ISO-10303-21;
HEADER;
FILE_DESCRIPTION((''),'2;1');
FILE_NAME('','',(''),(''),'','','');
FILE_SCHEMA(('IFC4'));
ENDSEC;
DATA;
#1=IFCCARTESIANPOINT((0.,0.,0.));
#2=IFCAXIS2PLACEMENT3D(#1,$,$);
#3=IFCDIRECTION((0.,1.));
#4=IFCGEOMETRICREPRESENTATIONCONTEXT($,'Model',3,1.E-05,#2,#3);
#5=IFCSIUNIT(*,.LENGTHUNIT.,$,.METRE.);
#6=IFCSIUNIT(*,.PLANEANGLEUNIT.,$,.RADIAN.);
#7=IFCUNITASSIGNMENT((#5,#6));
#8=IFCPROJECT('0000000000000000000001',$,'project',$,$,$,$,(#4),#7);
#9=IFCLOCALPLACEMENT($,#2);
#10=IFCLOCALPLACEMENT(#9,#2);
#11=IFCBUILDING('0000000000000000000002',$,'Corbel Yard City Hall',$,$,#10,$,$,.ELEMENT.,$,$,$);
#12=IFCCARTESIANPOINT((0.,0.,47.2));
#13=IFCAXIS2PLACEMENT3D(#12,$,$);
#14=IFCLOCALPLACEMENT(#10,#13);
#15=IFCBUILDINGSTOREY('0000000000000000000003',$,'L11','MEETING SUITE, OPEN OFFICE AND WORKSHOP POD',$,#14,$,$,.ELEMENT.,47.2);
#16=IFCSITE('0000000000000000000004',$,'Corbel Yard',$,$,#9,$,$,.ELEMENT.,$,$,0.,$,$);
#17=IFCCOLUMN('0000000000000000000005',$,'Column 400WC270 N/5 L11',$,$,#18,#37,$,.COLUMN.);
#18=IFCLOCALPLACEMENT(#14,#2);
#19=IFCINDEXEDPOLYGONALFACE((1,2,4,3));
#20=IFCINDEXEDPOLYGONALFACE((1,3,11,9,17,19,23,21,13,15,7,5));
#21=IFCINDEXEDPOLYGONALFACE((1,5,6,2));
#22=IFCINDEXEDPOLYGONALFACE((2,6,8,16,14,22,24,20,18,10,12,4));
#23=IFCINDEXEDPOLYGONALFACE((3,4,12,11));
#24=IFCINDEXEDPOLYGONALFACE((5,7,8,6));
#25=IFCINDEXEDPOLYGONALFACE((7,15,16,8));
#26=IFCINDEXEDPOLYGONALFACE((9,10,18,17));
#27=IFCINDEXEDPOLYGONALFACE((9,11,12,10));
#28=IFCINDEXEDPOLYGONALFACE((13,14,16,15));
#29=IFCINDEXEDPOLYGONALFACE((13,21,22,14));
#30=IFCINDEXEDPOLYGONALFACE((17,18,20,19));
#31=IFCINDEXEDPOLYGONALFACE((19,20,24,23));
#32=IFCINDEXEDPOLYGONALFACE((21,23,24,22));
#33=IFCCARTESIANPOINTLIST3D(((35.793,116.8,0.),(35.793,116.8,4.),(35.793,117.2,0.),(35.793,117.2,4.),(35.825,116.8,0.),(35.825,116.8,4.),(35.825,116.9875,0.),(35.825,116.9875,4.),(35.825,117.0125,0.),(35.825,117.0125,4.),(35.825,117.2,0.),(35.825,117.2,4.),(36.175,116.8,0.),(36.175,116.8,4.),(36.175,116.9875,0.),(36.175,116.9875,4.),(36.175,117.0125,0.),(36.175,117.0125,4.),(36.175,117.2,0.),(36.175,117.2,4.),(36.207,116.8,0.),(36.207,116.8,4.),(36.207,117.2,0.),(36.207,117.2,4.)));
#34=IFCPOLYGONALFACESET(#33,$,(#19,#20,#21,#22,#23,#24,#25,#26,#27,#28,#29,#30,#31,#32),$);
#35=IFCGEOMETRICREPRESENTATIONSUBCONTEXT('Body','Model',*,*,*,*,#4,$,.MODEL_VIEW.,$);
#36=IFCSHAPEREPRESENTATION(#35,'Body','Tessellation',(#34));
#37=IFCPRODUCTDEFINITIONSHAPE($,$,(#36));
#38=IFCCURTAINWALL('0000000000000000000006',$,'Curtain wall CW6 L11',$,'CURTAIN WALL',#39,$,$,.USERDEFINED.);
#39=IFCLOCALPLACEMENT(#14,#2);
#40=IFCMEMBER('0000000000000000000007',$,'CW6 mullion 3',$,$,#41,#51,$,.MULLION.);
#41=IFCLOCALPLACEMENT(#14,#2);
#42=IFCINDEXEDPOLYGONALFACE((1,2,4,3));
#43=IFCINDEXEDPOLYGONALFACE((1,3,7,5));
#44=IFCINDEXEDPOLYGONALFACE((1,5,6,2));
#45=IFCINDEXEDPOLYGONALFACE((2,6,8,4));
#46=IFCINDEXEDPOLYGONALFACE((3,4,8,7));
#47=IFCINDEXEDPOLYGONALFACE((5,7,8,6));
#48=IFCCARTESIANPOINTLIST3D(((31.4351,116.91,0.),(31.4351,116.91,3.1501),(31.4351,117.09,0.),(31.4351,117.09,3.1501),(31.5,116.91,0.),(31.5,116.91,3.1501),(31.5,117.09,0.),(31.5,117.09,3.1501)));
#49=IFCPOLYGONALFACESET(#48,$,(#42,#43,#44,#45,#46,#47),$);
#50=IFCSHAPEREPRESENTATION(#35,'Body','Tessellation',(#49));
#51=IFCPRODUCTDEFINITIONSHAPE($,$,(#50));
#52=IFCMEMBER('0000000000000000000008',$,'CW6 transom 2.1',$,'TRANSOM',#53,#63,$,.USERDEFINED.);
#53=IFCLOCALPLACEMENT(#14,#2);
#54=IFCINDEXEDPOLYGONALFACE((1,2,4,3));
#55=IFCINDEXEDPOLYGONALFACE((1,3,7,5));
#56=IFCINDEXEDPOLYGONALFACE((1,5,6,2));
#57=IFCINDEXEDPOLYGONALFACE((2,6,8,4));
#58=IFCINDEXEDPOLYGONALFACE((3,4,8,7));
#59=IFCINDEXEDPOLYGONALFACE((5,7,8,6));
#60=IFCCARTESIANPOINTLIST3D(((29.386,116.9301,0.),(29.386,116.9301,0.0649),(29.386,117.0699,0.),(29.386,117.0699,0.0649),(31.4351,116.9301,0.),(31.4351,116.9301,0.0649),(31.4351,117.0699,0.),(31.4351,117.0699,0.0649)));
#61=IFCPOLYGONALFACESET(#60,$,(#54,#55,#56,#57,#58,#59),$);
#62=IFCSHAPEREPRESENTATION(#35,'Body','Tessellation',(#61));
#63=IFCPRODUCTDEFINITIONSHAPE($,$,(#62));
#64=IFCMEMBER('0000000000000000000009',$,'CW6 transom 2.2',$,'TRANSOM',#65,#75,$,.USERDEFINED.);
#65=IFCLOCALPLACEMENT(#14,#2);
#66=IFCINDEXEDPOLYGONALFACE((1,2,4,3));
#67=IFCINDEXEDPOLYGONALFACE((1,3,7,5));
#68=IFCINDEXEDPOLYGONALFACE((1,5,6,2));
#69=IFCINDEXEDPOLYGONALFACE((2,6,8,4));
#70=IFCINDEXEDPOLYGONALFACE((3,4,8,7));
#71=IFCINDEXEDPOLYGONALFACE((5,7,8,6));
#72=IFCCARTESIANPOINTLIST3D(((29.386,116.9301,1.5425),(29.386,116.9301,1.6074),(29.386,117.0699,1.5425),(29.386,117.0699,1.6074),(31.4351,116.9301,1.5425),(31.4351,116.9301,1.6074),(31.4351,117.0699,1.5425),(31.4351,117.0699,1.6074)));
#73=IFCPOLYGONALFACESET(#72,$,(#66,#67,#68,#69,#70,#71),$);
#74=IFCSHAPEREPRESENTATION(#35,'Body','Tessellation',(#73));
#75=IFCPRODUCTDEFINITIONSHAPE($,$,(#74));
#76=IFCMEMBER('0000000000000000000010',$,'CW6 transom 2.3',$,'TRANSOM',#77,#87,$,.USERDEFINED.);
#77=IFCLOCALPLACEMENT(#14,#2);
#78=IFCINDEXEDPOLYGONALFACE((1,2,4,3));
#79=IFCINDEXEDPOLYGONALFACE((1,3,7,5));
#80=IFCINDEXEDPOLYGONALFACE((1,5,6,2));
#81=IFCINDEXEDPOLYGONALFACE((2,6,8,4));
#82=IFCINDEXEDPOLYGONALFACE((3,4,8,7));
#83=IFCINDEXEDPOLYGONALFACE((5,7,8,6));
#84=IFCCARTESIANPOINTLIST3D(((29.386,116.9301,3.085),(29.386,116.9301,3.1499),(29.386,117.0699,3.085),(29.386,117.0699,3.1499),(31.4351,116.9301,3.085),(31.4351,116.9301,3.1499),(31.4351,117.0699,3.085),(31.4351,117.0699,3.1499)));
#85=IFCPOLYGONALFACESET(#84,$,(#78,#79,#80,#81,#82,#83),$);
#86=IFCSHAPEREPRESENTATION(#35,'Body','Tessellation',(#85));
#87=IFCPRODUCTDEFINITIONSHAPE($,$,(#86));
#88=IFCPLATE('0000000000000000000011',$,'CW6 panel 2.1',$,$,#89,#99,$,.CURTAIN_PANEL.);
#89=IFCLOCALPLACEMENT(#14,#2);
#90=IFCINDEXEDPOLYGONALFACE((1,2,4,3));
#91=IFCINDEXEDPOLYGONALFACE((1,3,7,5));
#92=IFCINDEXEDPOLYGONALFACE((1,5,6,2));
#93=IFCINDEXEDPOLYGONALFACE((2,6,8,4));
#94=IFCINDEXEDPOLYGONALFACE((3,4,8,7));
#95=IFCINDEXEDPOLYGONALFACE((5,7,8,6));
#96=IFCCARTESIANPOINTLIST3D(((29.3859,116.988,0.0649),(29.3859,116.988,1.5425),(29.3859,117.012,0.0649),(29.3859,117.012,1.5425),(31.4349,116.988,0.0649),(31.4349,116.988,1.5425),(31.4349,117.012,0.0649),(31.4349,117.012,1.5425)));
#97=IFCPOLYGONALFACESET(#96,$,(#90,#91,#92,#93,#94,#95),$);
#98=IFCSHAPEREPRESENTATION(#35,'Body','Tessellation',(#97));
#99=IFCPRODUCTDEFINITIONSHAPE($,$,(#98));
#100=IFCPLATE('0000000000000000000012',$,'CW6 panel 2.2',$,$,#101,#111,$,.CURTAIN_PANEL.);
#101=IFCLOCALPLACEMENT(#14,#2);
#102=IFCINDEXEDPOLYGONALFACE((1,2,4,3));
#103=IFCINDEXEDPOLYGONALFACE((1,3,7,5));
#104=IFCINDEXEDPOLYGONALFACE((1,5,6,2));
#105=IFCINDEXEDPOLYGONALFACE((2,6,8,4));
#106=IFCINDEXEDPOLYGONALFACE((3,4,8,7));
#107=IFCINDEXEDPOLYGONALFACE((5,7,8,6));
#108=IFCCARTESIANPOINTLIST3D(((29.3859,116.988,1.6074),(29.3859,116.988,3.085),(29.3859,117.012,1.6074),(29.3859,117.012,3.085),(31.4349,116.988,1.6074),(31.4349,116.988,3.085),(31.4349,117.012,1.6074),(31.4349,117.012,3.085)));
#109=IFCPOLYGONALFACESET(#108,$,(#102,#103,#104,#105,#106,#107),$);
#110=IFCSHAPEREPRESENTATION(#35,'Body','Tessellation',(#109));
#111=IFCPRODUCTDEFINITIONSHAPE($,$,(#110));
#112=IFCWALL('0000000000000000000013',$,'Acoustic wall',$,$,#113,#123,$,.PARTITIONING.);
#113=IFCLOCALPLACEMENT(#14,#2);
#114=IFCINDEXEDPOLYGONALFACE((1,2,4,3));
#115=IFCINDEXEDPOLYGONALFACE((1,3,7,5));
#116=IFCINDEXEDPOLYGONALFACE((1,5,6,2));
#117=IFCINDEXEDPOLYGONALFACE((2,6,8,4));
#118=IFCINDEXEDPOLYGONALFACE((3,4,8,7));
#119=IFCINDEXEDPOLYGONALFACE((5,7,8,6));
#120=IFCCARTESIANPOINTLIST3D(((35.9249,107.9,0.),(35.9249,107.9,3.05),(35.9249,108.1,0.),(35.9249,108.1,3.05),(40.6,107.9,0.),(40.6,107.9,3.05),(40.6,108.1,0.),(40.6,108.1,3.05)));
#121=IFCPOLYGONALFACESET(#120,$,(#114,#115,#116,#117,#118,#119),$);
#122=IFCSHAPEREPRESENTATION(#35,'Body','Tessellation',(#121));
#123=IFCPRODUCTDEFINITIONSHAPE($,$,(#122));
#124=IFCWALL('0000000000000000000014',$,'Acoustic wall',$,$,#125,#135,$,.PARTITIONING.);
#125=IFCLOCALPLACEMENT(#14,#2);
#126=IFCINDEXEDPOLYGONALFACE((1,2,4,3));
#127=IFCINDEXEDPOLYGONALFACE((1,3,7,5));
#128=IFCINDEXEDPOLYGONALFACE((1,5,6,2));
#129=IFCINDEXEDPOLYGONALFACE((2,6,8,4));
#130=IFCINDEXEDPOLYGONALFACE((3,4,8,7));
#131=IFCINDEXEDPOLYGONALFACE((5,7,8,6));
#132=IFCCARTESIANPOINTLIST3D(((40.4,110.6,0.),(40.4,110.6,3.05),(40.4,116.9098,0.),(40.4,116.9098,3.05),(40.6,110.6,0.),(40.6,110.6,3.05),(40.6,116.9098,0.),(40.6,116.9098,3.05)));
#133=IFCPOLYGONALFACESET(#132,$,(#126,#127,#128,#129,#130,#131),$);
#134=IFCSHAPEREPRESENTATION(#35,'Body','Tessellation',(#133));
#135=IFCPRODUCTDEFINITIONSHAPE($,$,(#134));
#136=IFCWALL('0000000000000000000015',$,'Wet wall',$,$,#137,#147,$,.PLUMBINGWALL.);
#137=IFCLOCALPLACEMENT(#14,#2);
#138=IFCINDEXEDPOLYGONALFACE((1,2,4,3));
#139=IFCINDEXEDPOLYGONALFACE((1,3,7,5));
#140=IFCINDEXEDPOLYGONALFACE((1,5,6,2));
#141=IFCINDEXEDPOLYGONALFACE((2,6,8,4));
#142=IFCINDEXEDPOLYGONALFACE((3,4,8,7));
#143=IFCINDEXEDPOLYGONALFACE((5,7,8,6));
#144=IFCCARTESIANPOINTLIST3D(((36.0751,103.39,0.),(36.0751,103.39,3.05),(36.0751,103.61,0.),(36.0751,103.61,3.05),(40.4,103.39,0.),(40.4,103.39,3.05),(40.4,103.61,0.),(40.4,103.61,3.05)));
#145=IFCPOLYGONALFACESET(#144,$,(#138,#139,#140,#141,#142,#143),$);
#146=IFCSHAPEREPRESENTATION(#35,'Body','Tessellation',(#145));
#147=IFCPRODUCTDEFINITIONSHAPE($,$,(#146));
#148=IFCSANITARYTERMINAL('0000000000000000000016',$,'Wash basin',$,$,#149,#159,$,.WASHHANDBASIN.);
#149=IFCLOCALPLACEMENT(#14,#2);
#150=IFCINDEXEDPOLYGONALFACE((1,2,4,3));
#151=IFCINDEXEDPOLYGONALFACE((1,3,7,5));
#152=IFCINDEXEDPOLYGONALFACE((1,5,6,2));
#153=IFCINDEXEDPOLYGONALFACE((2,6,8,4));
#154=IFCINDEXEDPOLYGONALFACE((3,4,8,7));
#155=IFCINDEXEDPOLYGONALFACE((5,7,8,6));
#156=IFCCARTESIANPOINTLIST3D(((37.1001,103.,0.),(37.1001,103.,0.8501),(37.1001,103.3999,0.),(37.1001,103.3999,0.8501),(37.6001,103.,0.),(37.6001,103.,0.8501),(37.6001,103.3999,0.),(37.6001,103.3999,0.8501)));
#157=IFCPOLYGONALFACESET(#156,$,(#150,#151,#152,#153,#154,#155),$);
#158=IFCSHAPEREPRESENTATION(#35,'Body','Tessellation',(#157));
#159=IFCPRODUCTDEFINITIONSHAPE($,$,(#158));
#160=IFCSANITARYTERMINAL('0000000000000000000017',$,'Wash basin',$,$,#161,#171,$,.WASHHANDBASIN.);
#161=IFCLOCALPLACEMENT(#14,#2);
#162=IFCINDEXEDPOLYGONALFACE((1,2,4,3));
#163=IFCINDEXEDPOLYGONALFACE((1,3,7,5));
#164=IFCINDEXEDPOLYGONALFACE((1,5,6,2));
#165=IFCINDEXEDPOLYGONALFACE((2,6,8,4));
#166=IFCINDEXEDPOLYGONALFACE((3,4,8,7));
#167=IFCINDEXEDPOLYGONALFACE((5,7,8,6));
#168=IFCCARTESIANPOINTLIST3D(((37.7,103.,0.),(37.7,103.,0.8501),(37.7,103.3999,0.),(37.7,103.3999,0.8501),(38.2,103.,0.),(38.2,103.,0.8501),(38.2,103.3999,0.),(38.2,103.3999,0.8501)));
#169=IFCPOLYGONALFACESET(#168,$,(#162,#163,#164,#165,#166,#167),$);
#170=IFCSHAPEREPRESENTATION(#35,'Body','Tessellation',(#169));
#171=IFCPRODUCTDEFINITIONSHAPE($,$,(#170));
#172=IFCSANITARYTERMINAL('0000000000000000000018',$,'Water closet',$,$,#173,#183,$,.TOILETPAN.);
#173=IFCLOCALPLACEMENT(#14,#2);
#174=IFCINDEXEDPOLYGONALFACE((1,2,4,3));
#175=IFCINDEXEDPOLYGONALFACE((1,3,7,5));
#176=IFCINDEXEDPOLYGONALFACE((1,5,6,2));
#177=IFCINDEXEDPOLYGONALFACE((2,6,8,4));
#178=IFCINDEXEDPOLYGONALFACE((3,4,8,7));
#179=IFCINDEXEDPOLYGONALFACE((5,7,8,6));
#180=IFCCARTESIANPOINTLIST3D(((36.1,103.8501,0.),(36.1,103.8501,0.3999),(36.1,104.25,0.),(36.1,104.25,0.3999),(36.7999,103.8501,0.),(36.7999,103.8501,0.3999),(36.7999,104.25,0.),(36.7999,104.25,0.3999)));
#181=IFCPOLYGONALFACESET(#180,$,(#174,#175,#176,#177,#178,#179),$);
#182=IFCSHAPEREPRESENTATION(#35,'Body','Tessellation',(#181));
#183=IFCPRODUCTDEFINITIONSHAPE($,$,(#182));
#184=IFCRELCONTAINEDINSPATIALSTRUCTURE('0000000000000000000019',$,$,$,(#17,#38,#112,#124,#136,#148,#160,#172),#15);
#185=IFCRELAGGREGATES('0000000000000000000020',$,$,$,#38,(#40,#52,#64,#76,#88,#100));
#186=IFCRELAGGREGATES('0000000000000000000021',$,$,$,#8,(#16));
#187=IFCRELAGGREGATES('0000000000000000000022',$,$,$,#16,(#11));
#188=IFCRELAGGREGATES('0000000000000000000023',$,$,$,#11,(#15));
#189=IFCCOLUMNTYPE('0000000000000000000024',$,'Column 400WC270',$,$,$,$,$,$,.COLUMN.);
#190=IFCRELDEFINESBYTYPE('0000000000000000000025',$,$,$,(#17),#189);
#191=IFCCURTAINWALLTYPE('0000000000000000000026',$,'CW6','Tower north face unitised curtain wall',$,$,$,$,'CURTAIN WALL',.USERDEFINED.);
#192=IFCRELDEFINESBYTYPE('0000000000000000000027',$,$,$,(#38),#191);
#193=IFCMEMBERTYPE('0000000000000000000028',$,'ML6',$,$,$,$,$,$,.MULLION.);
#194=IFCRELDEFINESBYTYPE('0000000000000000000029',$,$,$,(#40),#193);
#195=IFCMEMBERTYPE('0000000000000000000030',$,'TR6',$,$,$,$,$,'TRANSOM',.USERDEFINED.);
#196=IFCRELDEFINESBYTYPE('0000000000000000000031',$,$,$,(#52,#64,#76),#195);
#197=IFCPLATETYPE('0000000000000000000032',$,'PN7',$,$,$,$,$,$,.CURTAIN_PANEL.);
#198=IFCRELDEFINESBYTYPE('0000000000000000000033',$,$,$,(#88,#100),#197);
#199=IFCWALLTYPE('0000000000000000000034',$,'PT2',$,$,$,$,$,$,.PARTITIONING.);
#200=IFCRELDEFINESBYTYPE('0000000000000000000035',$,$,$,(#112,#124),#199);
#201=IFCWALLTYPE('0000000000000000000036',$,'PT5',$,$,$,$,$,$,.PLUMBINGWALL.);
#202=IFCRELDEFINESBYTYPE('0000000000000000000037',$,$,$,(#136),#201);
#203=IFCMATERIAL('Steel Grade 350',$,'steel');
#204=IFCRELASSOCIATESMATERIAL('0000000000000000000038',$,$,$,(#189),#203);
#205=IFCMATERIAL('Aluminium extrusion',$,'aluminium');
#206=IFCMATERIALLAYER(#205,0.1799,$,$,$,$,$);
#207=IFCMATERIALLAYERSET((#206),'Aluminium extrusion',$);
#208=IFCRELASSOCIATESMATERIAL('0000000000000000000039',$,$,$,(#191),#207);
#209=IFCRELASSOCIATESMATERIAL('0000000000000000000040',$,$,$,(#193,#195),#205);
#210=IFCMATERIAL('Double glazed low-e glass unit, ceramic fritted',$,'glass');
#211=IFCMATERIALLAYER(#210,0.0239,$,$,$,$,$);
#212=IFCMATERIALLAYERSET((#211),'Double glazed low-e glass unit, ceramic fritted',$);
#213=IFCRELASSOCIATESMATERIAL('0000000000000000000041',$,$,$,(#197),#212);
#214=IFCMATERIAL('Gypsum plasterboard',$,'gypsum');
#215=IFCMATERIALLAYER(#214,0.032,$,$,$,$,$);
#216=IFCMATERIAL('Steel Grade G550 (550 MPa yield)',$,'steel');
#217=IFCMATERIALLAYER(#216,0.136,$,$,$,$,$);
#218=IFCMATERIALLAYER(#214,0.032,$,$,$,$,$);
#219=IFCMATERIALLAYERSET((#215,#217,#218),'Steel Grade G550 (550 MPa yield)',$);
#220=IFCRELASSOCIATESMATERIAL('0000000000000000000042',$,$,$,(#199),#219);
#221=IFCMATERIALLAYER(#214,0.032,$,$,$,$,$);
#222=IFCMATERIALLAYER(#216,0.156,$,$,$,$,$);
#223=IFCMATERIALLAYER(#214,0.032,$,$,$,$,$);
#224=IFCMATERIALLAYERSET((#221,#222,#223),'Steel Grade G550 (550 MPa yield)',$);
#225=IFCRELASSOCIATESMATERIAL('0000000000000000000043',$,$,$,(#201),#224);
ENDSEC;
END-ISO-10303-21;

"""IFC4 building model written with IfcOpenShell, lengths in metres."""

from ifc_helpers import new_model, si_unit, direction, frame, frame_2d, origin, origin_2d, place, context, subcontext, project, spatial, rectangle, i_section, extrude, material, layer, layer_set, material_profile, profile_set, type_object, element, aggregate, save


model = new_model("IFC4")

# Units and contexts
model_context = context("Model", 3, precision=1e-05, world=origin(), true_north=direction((0.0, 1.0)))
body_context = subcontext(model_context, "Body", "Model", "MODEL_VIEW")
ifc_project = project(units=[si_unit("LENGTHUNIT", "METRE"), si_unit("PLANEANGLEUNIT", "RADIAN")], contexts=[model_context])

# Site, building, storey
site_placement = place(None, origin())
site = spatial("IfcSite", under=ifc_project, at=site_placement, Name="Corbel Yard", CompositionType="ELEMENT", RefElevation=0.0)
building_placement = place(site_placement, origin())
building = spatial("IfcBuilding", under=site, at=building_placement, Name="Corbel Yard City Hall", CompositionType="ELEMENT")
storey_placement = place(building_placement, frame((0.0, 0.0, 47.2)))
storey = spatial("IfcBuildingStorey", under=building, at=storey_placement, Name="L11", Description="MEETING SUITE, OPEN OFFICE AND WORKSHOP POD", CompositionType="ELEMENT", Elevation=47.2)

# Column
ifc_material_1 = material(Name="Steel Grade 350", Category="steel")
ifc_material_profile_1 = material_profile(ifc_material_1, i_section(OverallWidth=0.3999, OverallDepth=0.4141, WebThickness=0.0249, FlangeThickness=0.032, at=origin_2d()), Name="400WC270")
ifc_profile_set_1 = profile_set([ifc_material_profile_1], Name="Steel Grade 350")
column_type = type_object("IfcColumnType", Name="Column 400WC270", PredefinedType="COLUMN", material=ifc_profile_set_1)
column_placement = place(storey_placement, frame((36.0, 117.0, 0.0), z_axis=(0.0, 0.0, 1.0), x_axis=(0.0, 1.0, 0.0)))
element("IfcColumn", 1, at=column_placement, inside=storey, type_object=column_type, Name="Column 400WC270 N/5 L11", PredefinedType="COLUMN", context=body_context, shape_type="SweptSolid", body=[
    extrude(i_section(OverallWidth=0.3999, OverallDepth=0.4141, WebThickness=0.0249, FlangeThickness=0.032, at=origin_2d()), origin(), (0.0, 0.0, 1.0), 4.0),
])

# Curtain wall, members, plates
ifc_material_2 = material(Name="Aluminium extrusion", Category="aluminium")
ifc_layer_1 = layer(ifc_material_2, 0.1799)
ifc_layer_set_1 = layer_set([ifc_layer_1], Name="Aluminium extrusion")
curtain_wall_type = type_object("IfcCurtainWallType", Name="CW6", Description="Tower north face unitised curtain wall", ElementType="CURTAIN WALL", PredefinedType="USERDEFINED", material=ifc_layer_set_1)
curtain_wall_placement = place(storey_placement, origin())
curtain_wall = element("IfcCurtainWall", 2, at=curtain_wall_placement, inside=storey, type_object=curtain_wall_type, Name="Curtain wall CW6 L11", ObjectType="CURTAIN WALL", PredefinedType="USERDEFINED")
ifc_material_profile_2 = material_profile(ifc_material_2, rectangle(XDim=0.1799, YDim=0.0649, at=origin_2d()), Name="180x65")
ifc_profile_set_2 = profile_set([ifc_material_profile_2], Name="Aluminium extrusion")
member_type_1 = type_object("IfcMemberType", Name="ML6", PredefinedType="MULLION", material=ifc_profile_set_2)
member_1_placement = place(storey_placement, frame((31.4675, 117.0, 0.0), z_axis=(0.0, 0.0, 1.0), x_axis=(0.0, 1.0, 0.0)))
member_1 = element("IfcMember", 3, at=member_1_placement, type_object=member_type_1, Name="CW6 mullion 3", PredefinedType="MULLION", context=body_context, shape_type="SweptSolid", body=[
    extrude(rectangle(XDim=0.1799, YDim=0.0649, at=origin_2d()), origin(), (0.0, 0.0, 1.0), 3.1501),
])
ifc_material_profile_3 = material_profile(ifc_material_2, rectangle(XDim=0.1399, YDim=0.0649, at=origin_2d()), Name="140x65")
ifc_profile_set_3 = profile_set([ifc_material_profile_3], Name="Aluminium extrusion")
member_type_2 = type_object("IfcMemberType", Name="TR6", ElementType="TRANSOM", PredefinedType="USERDEFINED", material=ifc_profile_set_3)
member_2_placement = place(storey_placement, frame((29.386, 117.0, 0.0325), z_axis=(1.0, 0.0, 0.0), x_axis=(0.0, 1.0, 0.0)))
member_2 = element("IfcMember", 4, at=member_2_placement, type_object=member_type_2, Name="CW6 transom 2.1", ObjectType="TRANSOM", PredefinedType="USERDEFINED", context=body_context, shape_type="SweptSolid", body=[
    extrude(rectangle(XDim=0.1399, YDim=0.0649, at=origin_2d()), origin(), (0.0, 0.0, 1.0), 2.0491),
])
member_3_placement = place(storey_placement, frame((29.386, 117.0, 1.575), z_axis=(1.0, 0.0, 0.0), x_axis=(0.0, 1.0, 0.0)))
member_3 = element("IfcMember", 5, at=member_3_placement, type_object=member_type_2, Name="CW6 transom 2.2", ObjectType="TRANSOM", PredefinedType="USERDEFINED", context=body_context, shape_type="SweptSolid", body=[
    extrude(rectangle(XDim=0.1399, YDim=0.0649, at=origin_2d()), origin(), (0.0, 0.0, 1.0), 2.0491),
])
member_4_placement = place(storey_placement, frame((29.386, 117.0, 3.1174), z_axis=(1.0, 0.0, 0.0), x_axis=(0.0, 1.0, 0.0)))
member_4 = element("IfcMember", 6, at=member_4_placement, type_object=member_type_2, Name="CW6 transom 2.3", ObjectType="TRANSOM", PredefinedType="USERDEFINED", context=body_context, shape_type="SweptSolid", body=[
    extrude(rectangle(XDim=0.1399, YDim=0.0649, at=origin_2d()), origin(), (0.0, 0.0, 1.0), 2.0491),
])
ifc_material_3 = material(Name="Double glazed low-e glass unit, ceramic fritted", Category="glass")
ifc_layer_2 = layer(ifc_material_3, 0.0239)
ifc_layer_set_2 = layer_set([ifc_layer_2], Name="Double glazed low-e glass unit, ceramic fritted")
plate_type = type_object("IfcPlateType", Name="PN7", PredefinedType="CURTAIN_PANEL", material=ifc_layer_set_2)
plate_1_placement = place(storey_placement, frame((30.4104, 117.0, 0.0649), z_axis=(0.0, 0.0, 1.0), x_axis=(1.0, 0.0, 0.0)))
plate_1 = element("IfcPlate", 7, at=plate_1_placement, type_object=plate_type, Name="CW6 panel 2.1", PredefinedType="CURTAIN_PANEL", context=body_context, shape_type="SweptSolid", body=[
    extrude(rectangle(XDim=2.0491, YDim=0.0239, at=origin_2d()), origin(), (0.0, 0.0, 1.0), 1.4775),
])
plate_2_placement = place(storey_placement, frame((30.4104, 117.0, 1.6074), z_axis=(0.0, 0.0, 1.0), x_axis=(1.0, 0.0, 0.0)))
plate_2 = element("IfcPlate", 8, at=plate_2_placement, type_object=plate_type, Name="CW6 panel 2.2", PredefinedType="CURTAIN_PANEL", context=body_context, shape_type="SweptSolid", body=[
    extrude(rectangle(XDim=2.0491, YDim=0.0239, at=origin_2d()), origin(), (0.0, 0.0, 1.0), 1.4775),
])
aggregate(curtain_wall, [member_1, member_2, member_3, member_4, plate_1, plate_2])

# Walls
ifc_material_4 = material(Name="Gypsum plasterboard", Category="gypsum")
ifc_layer_3 = layer(ifc_material_4, 0.032)
ifc_material_5 = material(Name="Steel Grade G550 (550 MPa yield)", Category="steel")
ifc_layer_4 = layer(ifc_material_5, 0.136)
ifc_layer_5 = layer(ifc_material_4, 0.032)
ifc_layer_set_3 = layer_set([ifc_layer_3, ifc_layer_4, ifc_layer_5], Name="Steel Grade G550 (550 MPa yield)")
wall_type_1 = type_object("IfcWallType", Name="PT2", PredefinedType="PARTITIONING", material=ifc_layer_set_3)
wall_1_placement = place(storey_placement, frame((35.925, 108.0, 0.0), z_axis=(0.0, 0.0, 1.0), x_axis=(1.0, 0.0, 0.0)))
element("IfcWall", 9, at=wall_1_placement, inside=storey, type_object=wall_type_1, Name="Acoustic wall", PredefinedType="PARTITIONING", context=body_context, shape_type="SweptSolid", body=[
    extrude(rectangle(XDim=4.675, YDim=0.2, at=frame_2d((2.3374, 0.0))), origin(), (0.0, 0.0, 1.0), 3.05),
])
wall_2_placement = place(storey_placement, frame((40.5, 110.6001, 0.0), z_axis=(0.0, 0.0, 1.0), x_axis=(0.0, 1.0, 0.0)))
element("IfcWall", 10, at=wall_2_placement, inside=storey, type_object=wall_type_1, Name="Acoustic wall", PredefinedType="PARTITIONING", context=body_context, shape_type="SweptSolid", body=[
    extrude(rectangle(XDim=6.3098, YDim=0.2, at=frame_2d((3.1548, 0.0))), origin(), (0.0, 0.0, 1.0), 3.05),
])
ifc_layer_6 = layer(ifc_material_4, 0.032)
ifc_layer_7 = layer(ifc_material_5, 0.156)
ifc_layer_8 = layer(ifc_material_4, 0.032)
ifc_layer_set_4 = layer_set([ifc_layer_6, ifc_layer_7, ifc_layer_8], Name="Steel Grade G550 (550 MPa yield)")
wall_type_2 = type_object("IfcWallType", Name="PT5", PredefinedType="PLUMBINGWALL", material=ifc_layer_set_4)
wall_3_placement = place(storey_placement, frame((36.075, 103.5, 0.0), z_axis=(0.0, 0.0, 1.0), x_axis=(1.0, 0.0, 0.0)))
element("IfcWall", 11, at=wall_3_placement, inside=storey, type_object=wall_type_2, Name="Wet wall", PredefinedType="PLUMBINGWALL", context=body_context, shape_type="SweptSolid", body=[
    extrude(rectangle(XDim=4.325, YDim=0.22, at=frame_2d((2.1626, 0.0))), origin(), (0.0, 0.0, 1.0), 3.05),
])

# Sanitary terminals
for number, where, z_axis, x_axis, name in (
    (12, (37.3501, 103.2, 0.0), (0.0, 0.0, 1.0), (1.0, 0.0, 0.0), "Wash basin"),
    (13, (37.95, 103.2, 0.0), (0.0, 0.0, 1.0), (1.0, 0.0, 0.0), "Wash basin"),
):
    element("IfcSanitaryTerminal", number, at=place(storey_placement, frame(where, z_axis=z_axis, x_axis=x_axis)), inside=storey, Name=name, PredefinedType="WASHHANDBASIN", context=body_context, shape_type="SweptSolid", body=[
        extrude(rectangle(XDim=0.5, YDim=0.3999, at=origin_2d()), origin(), (0.0, 0.0, 1.0), 0.8501),
    ])
for number, where, z_axis, x_axis, name in (
    (14, (36.45, 104.05, 0.0), (0.0, 0.0, 1.0), (1.0, 0.0, 0.0), "Water closet"),
):
    element("IfcSanitaryTerminal", number, at=place(storey_placement, frame(where, z_axis=z_axis, x_axis=x_axis)), inside=storey, Name=name, PredefinedType="TOILETPAN", context=body_context, shape_type="SweptSolid", body=[
        extrude(rectangle(XDim=0.7, YDim=0.3999, at=origin_2d()), origin(), (0.0, 0.0, 1.0), 0.3999),
    ])

save(model, "model.ifc")
